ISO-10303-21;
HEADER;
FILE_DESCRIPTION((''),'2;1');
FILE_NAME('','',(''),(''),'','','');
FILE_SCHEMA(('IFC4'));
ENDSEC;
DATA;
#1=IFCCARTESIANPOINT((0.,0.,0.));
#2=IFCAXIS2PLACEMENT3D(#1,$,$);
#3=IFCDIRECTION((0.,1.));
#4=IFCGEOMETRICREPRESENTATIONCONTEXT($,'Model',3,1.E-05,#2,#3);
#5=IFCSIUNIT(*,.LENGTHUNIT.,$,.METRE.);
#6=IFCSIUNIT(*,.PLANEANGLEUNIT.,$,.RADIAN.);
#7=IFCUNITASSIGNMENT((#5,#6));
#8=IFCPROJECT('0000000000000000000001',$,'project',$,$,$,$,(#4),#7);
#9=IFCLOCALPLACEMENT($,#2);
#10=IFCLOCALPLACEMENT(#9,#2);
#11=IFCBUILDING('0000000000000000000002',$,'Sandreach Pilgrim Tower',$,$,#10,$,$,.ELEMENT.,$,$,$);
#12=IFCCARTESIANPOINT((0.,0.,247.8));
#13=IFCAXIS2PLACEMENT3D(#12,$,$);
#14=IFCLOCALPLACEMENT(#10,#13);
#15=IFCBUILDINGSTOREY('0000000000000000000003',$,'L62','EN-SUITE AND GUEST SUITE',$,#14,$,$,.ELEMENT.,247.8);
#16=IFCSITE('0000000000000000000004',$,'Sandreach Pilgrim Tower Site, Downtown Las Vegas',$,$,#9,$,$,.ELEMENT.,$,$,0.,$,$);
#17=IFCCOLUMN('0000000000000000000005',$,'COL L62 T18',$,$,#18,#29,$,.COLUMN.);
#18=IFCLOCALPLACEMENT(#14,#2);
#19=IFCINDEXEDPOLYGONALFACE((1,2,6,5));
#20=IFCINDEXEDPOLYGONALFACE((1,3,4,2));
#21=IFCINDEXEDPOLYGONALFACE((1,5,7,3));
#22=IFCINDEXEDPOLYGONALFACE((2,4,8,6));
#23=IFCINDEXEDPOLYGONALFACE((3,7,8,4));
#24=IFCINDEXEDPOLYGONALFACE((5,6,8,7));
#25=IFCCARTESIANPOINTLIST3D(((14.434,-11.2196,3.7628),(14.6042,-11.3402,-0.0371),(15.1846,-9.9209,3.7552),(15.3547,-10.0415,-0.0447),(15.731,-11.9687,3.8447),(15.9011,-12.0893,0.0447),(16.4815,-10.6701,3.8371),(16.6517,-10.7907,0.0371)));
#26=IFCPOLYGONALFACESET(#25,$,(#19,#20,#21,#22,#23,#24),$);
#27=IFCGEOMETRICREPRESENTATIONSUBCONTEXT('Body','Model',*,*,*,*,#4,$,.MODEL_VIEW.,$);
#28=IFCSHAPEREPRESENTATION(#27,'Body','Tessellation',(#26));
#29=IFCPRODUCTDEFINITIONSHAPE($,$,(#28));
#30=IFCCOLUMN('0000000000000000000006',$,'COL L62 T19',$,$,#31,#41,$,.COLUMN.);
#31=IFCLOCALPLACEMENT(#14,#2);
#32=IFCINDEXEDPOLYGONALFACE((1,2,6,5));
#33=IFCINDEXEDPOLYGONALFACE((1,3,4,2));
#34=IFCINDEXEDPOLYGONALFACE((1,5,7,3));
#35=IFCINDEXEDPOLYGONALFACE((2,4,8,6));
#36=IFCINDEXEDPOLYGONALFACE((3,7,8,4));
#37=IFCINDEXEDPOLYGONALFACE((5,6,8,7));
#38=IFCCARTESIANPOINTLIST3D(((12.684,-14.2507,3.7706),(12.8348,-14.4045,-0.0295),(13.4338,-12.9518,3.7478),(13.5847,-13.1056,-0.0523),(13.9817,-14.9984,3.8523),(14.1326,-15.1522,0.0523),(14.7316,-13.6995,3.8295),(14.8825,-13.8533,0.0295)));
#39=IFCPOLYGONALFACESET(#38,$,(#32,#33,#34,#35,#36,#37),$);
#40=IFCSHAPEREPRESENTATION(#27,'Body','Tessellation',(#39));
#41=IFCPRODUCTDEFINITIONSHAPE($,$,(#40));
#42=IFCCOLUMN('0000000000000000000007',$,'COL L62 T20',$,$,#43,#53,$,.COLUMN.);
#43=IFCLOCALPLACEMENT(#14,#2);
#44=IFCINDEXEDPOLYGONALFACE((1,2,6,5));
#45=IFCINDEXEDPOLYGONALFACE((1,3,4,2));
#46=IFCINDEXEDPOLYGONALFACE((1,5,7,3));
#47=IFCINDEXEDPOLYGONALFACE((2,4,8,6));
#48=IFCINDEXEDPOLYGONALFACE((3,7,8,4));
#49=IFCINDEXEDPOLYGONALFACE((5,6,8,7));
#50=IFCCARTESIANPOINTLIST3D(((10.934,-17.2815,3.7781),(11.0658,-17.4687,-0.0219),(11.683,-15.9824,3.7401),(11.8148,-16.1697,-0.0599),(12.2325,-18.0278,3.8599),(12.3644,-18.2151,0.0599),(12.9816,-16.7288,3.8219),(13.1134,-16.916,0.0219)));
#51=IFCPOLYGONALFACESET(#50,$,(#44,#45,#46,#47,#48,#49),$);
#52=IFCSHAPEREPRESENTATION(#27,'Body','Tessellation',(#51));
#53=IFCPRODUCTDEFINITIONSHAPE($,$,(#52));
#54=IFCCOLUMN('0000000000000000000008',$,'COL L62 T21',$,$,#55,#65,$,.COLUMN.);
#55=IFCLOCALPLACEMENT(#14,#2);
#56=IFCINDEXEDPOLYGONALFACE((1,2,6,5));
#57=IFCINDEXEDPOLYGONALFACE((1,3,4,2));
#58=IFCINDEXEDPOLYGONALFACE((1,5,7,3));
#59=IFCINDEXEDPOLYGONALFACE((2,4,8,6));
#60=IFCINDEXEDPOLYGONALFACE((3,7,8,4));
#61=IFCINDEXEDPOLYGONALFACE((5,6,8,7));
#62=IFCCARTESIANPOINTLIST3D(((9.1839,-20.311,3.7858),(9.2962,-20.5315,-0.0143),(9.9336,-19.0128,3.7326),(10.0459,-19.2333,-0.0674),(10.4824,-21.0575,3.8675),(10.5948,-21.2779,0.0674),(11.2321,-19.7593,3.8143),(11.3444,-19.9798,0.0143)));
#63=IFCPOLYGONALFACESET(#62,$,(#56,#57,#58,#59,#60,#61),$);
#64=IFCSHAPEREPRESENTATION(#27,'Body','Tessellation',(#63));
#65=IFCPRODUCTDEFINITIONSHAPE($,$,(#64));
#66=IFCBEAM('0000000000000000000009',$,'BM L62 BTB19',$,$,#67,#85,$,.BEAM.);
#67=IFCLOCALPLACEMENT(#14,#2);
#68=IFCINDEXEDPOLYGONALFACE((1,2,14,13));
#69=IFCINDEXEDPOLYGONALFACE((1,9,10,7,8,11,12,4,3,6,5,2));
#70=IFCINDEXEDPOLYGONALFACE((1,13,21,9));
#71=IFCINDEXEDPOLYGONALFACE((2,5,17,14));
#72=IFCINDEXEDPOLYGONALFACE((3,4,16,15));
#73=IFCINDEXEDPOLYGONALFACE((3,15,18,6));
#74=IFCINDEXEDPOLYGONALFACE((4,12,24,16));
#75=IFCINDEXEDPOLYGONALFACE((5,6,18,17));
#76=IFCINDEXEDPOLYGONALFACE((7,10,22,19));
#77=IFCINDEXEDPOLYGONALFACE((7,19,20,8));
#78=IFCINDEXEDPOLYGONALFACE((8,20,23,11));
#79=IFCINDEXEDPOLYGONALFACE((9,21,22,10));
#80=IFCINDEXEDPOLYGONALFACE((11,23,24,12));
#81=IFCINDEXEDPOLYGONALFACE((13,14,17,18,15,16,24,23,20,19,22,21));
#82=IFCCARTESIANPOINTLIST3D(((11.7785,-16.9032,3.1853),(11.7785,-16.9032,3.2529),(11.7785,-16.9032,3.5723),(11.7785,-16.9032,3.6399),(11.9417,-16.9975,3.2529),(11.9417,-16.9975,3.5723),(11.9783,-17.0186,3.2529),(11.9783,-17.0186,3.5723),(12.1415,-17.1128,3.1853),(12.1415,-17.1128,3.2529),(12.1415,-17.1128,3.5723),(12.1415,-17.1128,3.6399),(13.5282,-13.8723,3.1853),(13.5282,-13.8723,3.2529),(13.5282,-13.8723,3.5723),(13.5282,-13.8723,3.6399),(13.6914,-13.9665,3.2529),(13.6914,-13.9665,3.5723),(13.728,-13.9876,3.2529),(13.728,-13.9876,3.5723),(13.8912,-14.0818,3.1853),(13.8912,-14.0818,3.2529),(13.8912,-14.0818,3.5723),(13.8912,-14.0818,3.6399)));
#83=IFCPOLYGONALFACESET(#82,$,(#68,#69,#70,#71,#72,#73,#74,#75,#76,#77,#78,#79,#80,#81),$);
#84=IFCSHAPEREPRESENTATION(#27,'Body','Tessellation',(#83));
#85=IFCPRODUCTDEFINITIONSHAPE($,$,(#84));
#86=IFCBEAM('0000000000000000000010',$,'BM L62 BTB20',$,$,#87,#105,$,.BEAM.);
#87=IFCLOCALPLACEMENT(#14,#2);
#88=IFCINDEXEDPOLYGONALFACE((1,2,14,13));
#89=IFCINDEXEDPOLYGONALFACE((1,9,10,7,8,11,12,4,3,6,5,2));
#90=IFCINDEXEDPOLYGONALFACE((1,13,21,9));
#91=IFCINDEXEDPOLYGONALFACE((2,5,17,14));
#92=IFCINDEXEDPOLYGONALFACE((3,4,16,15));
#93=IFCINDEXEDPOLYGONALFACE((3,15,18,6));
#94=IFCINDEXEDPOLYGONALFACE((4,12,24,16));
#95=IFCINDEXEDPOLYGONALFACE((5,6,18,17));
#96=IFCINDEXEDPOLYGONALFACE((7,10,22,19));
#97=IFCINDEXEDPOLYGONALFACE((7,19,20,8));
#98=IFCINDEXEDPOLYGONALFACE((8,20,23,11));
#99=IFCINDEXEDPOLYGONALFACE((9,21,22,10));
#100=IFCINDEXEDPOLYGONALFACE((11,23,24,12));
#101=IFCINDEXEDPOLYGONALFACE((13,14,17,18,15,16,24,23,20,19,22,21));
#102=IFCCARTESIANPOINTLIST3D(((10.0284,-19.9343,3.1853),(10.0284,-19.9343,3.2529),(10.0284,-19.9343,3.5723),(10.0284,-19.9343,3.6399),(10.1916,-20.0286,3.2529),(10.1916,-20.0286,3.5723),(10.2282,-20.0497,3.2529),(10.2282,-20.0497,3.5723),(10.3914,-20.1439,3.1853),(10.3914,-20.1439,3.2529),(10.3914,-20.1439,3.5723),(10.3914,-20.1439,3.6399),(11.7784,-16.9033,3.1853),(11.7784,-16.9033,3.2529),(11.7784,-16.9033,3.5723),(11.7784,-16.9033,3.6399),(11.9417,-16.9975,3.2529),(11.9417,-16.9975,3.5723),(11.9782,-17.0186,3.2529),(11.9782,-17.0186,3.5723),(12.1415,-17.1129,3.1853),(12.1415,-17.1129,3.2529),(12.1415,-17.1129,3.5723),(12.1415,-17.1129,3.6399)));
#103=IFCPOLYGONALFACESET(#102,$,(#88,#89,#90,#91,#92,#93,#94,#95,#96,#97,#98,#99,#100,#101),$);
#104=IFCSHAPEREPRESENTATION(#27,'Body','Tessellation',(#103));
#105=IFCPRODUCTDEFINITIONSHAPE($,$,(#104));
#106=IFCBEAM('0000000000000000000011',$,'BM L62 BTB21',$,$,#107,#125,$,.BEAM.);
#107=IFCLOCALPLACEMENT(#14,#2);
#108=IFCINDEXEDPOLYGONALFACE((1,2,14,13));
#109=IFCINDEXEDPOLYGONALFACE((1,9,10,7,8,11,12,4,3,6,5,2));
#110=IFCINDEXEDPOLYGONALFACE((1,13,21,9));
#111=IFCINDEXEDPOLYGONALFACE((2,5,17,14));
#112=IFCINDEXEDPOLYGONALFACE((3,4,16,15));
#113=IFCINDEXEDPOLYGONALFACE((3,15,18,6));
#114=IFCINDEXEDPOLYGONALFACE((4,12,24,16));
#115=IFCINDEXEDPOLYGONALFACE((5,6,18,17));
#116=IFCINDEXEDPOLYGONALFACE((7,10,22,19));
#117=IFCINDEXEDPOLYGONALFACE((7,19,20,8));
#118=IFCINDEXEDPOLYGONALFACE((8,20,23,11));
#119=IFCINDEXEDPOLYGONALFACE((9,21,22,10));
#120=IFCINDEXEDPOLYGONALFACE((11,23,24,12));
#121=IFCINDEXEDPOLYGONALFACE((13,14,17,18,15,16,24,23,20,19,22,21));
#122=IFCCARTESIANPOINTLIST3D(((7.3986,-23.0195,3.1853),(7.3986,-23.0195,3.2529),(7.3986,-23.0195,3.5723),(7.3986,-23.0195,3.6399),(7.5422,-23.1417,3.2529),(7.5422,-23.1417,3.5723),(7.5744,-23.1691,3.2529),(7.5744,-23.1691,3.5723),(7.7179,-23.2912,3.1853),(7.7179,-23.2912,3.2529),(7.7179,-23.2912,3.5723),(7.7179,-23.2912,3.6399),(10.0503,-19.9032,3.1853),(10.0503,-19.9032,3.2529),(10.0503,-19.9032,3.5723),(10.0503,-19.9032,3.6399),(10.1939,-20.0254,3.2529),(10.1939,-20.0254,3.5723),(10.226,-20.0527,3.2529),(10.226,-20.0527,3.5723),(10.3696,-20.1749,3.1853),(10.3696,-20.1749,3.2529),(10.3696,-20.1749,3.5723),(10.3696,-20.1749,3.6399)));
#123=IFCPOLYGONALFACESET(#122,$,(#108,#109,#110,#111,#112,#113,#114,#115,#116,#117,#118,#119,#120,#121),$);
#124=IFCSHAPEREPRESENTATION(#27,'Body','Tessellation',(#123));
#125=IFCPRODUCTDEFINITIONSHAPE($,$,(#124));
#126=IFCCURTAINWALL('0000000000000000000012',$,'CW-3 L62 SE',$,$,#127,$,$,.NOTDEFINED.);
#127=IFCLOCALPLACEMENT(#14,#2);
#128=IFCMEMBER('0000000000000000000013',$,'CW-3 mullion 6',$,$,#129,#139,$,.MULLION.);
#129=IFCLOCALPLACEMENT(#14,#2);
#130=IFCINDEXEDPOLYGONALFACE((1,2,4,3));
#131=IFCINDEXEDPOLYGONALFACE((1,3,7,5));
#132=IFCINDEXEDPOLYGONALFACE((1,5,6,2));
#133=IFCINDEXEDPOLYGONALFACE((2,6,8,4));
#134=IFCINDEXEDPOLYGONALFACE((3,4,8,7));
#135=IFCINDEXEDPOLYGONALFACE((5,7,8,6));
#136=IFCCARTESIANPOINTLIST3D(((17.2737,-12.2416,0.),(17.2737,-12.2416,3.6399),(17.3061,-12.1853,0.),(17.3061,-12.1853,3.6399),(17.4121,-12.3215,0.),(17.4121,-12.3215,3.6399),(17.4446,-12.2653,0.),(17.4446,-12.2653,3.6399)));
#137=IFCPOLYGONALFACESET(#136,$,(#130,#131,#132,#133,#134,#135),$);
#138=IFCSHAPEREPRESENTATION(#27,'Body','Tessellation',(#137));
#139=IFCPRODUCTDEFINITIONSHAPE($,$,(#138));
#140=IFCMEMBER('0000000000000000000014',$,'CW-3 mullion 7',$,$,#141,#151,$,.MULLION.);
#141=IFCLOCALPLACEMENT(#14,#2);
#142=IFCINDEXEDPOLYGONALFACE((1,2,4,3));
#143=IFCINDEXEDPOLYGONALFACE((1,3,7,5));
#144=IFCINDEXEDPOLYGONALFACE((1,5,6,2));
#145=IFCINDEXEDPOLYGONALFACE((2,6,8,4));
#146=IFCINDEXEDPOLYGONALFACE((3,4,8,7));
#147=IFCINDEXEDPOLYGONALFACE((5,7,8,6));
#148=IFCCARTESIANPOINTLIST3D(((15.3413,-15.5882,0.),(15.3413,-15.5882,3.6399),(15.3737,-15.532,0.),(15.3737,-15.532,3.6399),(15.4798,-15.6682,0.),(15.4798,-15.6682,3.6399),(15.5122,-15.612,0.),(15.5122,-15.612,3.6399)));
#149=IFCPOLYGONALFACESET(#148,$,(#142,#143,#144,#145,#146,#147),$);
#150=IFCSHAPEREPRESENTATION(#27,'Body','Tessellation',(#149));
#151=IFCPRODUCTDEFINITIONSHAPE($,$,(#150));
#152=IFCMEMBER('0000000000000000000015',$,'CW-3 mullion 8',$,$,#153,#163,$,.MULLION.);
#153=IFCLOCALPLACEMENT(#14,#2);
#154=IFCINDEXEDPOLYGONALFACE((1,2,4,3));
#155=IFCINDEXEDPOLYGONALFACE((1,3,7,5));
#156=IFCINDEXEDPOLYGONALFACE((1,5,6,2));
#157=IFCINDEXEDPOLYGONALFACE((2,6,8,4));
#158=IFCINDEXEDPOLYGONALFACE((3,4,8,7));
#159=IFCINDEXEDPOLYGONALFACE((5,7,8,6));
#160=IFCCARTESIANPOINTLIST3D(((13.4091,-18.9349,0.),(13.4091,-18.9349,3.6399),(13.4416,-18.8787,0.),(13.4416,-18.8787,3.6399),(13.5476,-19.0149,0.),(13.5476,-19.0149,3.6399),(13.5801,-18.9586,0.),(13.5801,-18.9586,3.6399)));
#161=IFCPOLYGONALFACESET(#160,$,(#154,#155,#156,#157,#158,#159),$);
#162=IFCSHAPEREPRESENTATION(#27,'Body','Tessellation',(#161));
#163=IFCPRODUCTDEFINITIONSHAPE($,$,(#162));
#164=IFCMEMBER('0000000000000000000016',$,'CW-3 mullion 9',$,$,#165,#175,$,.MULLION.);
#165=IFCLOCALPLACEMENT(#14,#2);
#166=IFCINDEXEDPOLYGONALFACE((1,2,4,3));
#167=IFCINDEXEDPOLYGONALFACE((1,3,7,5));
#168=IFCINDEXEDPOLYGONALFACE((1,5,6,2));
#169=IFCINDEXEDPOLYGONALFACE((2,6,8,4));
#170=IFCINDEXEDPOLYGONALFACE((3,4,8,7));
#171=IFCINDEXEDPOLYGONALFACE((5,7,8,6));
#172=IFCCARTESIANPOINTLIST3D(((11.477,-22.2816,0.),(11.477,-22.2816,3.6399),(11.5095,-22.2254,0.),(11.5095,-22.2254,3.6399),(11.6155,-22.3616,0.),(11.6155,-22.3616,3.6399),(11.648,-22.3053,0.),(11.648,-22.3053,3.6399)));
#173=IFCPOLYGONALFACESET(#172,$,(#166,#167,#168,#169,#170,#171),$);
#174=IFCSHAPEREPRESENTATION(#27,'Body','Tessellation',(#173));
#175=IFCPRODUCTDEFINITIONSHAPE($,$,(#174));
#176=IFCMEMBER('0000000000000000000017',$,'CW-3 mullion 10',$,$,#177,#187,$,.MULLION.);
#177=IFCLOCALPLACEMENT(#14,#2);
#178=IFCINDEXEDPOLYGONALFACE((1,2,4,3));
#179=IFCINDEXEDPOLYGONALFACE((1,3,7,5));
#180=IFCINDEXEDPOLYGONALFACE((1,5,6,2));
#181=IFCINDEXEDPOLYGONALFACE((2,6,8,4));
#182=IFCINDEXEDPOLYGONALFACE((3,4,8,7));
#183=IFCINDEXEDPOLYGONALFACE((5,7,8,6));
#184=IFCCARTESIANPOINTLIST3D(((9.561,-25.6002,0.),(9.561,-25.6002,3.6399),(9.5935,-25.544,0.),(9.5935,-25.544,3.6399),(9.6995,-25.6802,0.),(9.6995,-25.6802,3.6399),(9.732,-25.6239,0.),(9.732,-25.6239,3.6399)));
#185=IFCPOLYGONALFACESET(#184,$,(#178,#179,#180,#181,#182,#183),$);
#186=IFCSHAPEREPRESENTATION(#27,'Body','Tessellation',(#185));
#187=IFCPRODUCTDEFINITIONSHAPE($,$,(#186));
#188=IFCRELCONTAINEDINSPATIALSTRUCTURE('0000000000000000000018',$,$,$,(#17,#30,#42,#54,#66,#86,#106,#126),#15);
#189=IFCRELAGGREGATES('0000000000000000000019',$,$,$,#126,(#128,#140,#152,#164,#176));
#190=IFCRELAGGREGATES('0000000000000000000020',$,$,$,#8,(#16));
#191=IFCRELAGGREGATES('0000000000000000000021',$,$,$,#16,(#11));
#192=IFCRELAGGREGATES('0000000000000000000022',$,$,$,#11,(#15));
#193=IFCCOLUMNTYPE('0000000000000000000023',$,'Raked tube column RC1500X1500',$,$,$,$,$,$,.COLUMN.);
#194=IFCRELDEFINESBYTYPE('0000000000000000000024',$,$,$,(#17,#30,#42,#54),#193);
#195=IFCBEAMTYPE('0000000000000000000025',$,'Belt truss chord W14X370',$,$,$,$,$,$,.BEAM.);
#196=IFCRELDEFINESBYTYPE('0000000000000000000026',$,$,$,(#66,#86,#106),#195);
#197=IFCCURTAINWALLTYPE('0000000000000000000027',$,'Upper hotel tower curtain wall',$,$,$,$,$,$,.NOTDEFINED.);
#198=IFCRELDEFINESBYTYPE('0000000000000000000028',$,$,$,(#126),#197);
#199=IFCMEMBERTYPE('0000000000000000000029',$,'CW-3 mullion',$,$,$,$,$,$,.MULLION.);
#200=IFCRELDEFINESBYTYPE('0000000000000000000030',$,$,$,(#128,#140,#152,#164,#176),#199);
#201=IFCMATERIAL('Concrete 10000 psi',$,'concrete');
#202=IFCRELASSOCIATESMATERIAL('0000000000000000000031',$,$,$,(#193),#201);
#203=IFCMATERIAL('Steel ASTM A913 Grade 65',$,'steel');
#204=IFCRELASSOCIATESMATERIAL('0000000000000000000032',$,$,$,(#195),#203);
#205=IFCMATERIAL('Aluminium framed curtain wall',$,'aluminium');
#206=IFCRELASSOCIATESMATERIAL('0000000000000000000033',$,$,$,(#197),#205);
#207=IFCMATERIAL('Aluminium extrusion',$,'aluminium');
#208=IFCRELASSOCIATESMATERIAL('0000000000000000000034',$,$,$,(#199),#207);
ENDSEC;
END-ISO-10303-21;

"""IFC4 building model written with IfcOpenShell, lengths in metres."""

from ifc_helpers import new_model, si_unit, direction, frame, origin, origin_2d, place, context, subcontext, project, spatial, rectangle, i_section, extrude, material, material_profile, profile_set, type_object, element, aggregate, save


model = new_model("IFC4")

# Units and contexts
model_context = context("Model", 3, precision=1e-05, world=origin(), true_north=direction((0.0, 1.0)))
body_context = subcontext(model_context, "Body", "Model", "MODEL_VIEW")
ifc_project = project(units=[si_unit("LENGTHUNIT", "METRE"), si_unit("PLANEANGLEUNIT", "RADIAN")], contexts=[model_context])

# Site, building, storey
site_placement = place(None, origin())
site = spatial("IfcSite", under=ifc_project, at=site_placement, Name="Sandreach Pilgrim Tower Site, Downtown Las Vegas", CompositionType="ELEMENT", RefElevation=0.0)
building_placement = place(site_placement, origin())
building = spatial("IfcBuilding", under=site, at=building_placement, Name="Sandreach Pilgrim Tower", CompositionType="ELEMENT")
storey_placement = place(building_placement, frame((0.0, 0.0, 247.8)))
storey = spatial("IfcBuildingStorey", under=building, at=storey_placement, Name="L62", Description="EN-SUITE AND GUEST SUITE", CompositionType="ELEMENT", Elevation=247.8)

# Columns
ifc_material_1 = material(Name="Concrete 10000 psi", Category="concrete")
ifc_material_profile_1 = material_profile(ifc_material_1, rectangle(XDim=1.5, YDim=1.5, at=origin_2d()), Name="RC1500X1500")
ifc_profile_set_1 = profile_set([ifc_material_profile_1], Name="Concrete 10000 psi")
column_type = type_object("IfcColumnType", Name="Raked tube column RC1500X1500", PredefinedType="COLUMN", material=ifc_profile_set_1)
column_1_placement = place(storey_placement, frame((15.6279, -11.0654, 0.0), z_axis=(-0.044713, 0.03169, 0.998497), x_axis=(0.864641, -0.499418, 0.054569)))
element("IfcColumn", 1, at=column_1_placement, inside=storey, type_object=column_type, Name="COL L62 T18", PredefinedType="COLUMN", context=body_context, shape_type="SweptSolid", body=[
    extrude(rectangle(XDim=1.5, YDim=1.5, at=origin_2d()), origin(), (0.0, 0.0, 1.0), 3.8057),
])
column_2_placement = place(storey_placement, frame((13.8586, -14.1289, 0.0), z_axis=(-0.039641, 0.040411, 0.998397), x_axis=(0.865172, -0.498501, 0.054528)))
element("IfcColumn", 2, at=column_2_placement, inside=storey, type_object=column_type, Name="COL L62 T19", PredefinedType="COLUMN", context=body_context, shape_type="SweptSolid", body=[
    extrude(rectangle(XDim=1.5, YDim=1.5, at=origin_2d()), origin(), (0.0, 0.0, 1.0), 3.8062),
])
column_3_placement = place(storey_placement, frame((12.0896, -17.1924, 0.0), z_axis=(-0.03463, 0.049188, 0.998189), x_axis=(0.865711, -0.497563, 0.054553)))
element("IfcColumn", 3, at=column_3_placement, inside=storey, type_object=column_type, Name="COL L62 T20", PredefinedType="COLUMN", context=body_context, shape_type="SweptSolid", body=[
    extrude(rectangle(XDim=1.5, YDim=1.5, at=origin_2d()), origin(), (0.0, 0.0, 1.0), 3.8069),
])
column_4_placement = place(storey_placement, frame((10.3203, -20.2556, 0.0), z_axis=(-0.029491, 0.057892, 0.997887), x_axis=(0.865669, -0.497647, 0.054454)))
element("IfcColumn", 4, at=column_4_placement, inside=storey, type_object=column_type, Name="COL L62 T21", PredefinedType="COLUMN", context=body_context, shape_type="SweptSolid", body=[
    extrude(rectangle(XDim=1.5, YDim=1.5, at=origin_2d()), origin(), (0.0, 0.0, 1.0), 3.8081),
])

# Beams
ifc_material_2 = material(Name="Steel ASTM A913 Grade 65", Category="steel")
ifc_material_profile_2 = material_profile(ifc_material_2, i_section(OverallWidth=0.4192, OverallDepth=0.4546, WebThickness=0.0422, FlangeThickness=0.0676, at=origin_2d()), Name="W14X370")
ifc_profile_set_2 = profile_set([ifc_material_profile_2], Name="Steel ASTM A913 Grade 65")
beam_type_1 = type_object("IfcBeamType", Name="Belt truss chord W14X370", PredefinedType="BEAM", material=ifc_profile_set_2)
beam_1_placement = place(storey_placement, frame((13.7097, -13.9771, 3.4126), z_axis=(-0.499958, -0.86605, 0.0), x_axis=(0.86605, -0.499958, 0.0)))
element("IfcBeam", 5, at=beam_1_placement, inside=storey, type_object=beam_type_1, Name="BM L62 BTB19", PredefinedType="BEAM", context=body_context, shape_type="SweptSolid", body=[
    extrude(i_section(OverallWidth=0.4192, OverallDepth=0.4546, WebThickness=0.0422, FlangeThickness=0.0676, at=origin_2d()), origin(), (0.0, 0.0, 1.0), 3.4998),
])
beam_2_placement = place(storey_placement, frame((11.96, -17.0081, 3.4126), z_axis=(-0.50001, -0.866019, 0.0), x_axis=(0.866019, -0.50001, 0.0)))
element("IfcBeam", 6, at=beam_2_placement, inside=storey, type_object=beam_type_1, Name="BM L62 BTB20", PredefinedType="BEAM", context=body_context, shape_type="SweptSolid", body=[
    extrude(i_section(OverallWidth=0.4192, OverallDepth=0.4546, WebThickness=0.0422, FlangeThickness=0.0676, at=origin_2d()), origin(), (0.0, 0.0, 1.0), 3.5),
])
beam_3_placement = place(storey_placement, frame((10.21, -20.0391, 3.4126), z_axis=(-0.64805, -0.761598, 0.0), x_axis=(0.761598, -0.64805, 0.0)))
element("IfcBeam", 7, at=beam_3_placement, inside=storey, type_object=beam_type_1, Name="BM L62 BTB21", PredefinedType="BEAM", context=body_context, shape_type="SweptSolid", body=[
    extrude(i_section(OverallWidth=0.4192, OverallDepth=0.4546, WebThickness=0.0422, FlangeThickness=0.0676, at=origin_2d()), origin(), (0.0, 0.0, 1.0), 4.0918),
])

# Curtain wall, members
ifc_material_3 = material(Name="Aluminium framed curtain wall", Category="aluminium")
curtain_wall_type = type_object("IfcCurtainWallType", Name="Upper hotel tower curtain wall", PredefinedType="NOTDEFINED", material=ifc_material_3)
curtain_wall_1_placement = place(storey_placement, origin())
curtain_wall_1 = element("IfcCurtainWall", 8, at=curtain_wall_1_placement, inside=storey, type_object=curtain_wall_type, Name="CW-3 L62 SE", PredefinedType="NOTDEFINED")
ifc_material_4 = material(Name="Aluminium extrusion", Category="aluminium")
ifc_material_profile_3 = material_profile(ifc_material_4, rectangle(XDim=0.0649, YDim=0.1599, at=origin_2d()), Name="CW-3M 65X160")
ifc_profile_set_3 = profile_set([ifc_material_profile_3], Name="Aluminium extrusion")
member_type_1 = type_object("IfcMemberType", Name="CW-3 mullion", PredefinedType="MULLION", material=ifc_profile_set_3)
member_1_placement = place(storey_placement, frame((17.3591, -12.2534, 0.0), z_axis=(0.0, 0.0, 1.0), x_axis=(-0.5, -0.866025, 0.0)))
member_1 = element("IfcMember", 9, at=member_1_placement, type_object=member_type_1, Name="CW-3 mullion 6", PredefinedType="MULLION", context=body_context, shape_type="SweptSolid", body=[
    extrude(rectangle(XDim=0.0649, YDim=0.1599, at=origin_2d()), origin(), (0.0, 0.0, 1.0), 3.6399),
])
member_2_placement = place(storey_placement, frame((15.4268, -15.6001, 0.0), z_axis=(0.0, 0.0, 1.0), x_axis=(-0.5, -0.866025, 0.0)))
member_2 = element("IfcMember", 10, at=member_2_placement, type_object=member_type_1, Name="CW-3 mullion 7", PredefinedType="MULLION", context=body_context, shape_type="SweptSolid", body=[
    extrude(rectangle(XDim=0.0649, YDim=0.1599, at=origin_2d()), origin(), (0.0, 0.0, 1.0), 3.6399),
])
member_3_placement = place(storey_placement, frame((13.4946, -18.9468, 0.0), z_axis=(0.0, 0.0, 1.0), x_axis=(-0.5, -0.866025, 0.0)))
member_3 = element("IfcMember", 11, at=member_3_placement, type_object=member_type_1, Name="CW-3 mullion 8", PredefinedType="MULLION", context=body_context, shape_type="SweptSolid", body=[
    extrude(rectangle(XDim=0.0649, YDim=0.1599, at=origin_2d()), origin(), (0.0, 0.0, 1.0), 3.6399),
])
member_4_placement = place(storey_placement, frame((11.5625, -22.2935, 0.0), z_axis=(0.0, 0.0, 1.0), x_axis=(-0.5, -0.866025, 0.0)))
member_4 = element("IfcMember", 12, at=member_4_placement, type_object=member_type_1, Name="CW-3 mullion 9", PredefinedType="MULLION", context=body_context, shape_type="SweptSolid", body=[
    extrude(rectangle(XDim=0.0649, YDim=0.1599, at=origin_2d()), origin(), (0.0, 0.0, 1.0), 3.6399),
])
member_5_placement = place(storey_placement, frame((9.6465, -25.6121, 0.0), z_axis=(0.0, 0.0, 1.0), x_axis=(-0.5, -0.866025, 0.0)))
member_5 = element("IfcMember", 13, at=member_5_placement, type_object=member_type_1, Name="CW-3 mullion 10", PredefinedType="MULLION", context=body_context, shape_type="SweptSolid", body=[
    extrude(rectangle(XDim=0.0649, YDim=0.1599, at=origin_2d()), origin(), (0.0, 0.0, 1.0), 3.6399),
])

aggregate(curtain_wall_1, [member_1, member_2, member_3, member_4, member_5])

save(model, "model.ifc")
